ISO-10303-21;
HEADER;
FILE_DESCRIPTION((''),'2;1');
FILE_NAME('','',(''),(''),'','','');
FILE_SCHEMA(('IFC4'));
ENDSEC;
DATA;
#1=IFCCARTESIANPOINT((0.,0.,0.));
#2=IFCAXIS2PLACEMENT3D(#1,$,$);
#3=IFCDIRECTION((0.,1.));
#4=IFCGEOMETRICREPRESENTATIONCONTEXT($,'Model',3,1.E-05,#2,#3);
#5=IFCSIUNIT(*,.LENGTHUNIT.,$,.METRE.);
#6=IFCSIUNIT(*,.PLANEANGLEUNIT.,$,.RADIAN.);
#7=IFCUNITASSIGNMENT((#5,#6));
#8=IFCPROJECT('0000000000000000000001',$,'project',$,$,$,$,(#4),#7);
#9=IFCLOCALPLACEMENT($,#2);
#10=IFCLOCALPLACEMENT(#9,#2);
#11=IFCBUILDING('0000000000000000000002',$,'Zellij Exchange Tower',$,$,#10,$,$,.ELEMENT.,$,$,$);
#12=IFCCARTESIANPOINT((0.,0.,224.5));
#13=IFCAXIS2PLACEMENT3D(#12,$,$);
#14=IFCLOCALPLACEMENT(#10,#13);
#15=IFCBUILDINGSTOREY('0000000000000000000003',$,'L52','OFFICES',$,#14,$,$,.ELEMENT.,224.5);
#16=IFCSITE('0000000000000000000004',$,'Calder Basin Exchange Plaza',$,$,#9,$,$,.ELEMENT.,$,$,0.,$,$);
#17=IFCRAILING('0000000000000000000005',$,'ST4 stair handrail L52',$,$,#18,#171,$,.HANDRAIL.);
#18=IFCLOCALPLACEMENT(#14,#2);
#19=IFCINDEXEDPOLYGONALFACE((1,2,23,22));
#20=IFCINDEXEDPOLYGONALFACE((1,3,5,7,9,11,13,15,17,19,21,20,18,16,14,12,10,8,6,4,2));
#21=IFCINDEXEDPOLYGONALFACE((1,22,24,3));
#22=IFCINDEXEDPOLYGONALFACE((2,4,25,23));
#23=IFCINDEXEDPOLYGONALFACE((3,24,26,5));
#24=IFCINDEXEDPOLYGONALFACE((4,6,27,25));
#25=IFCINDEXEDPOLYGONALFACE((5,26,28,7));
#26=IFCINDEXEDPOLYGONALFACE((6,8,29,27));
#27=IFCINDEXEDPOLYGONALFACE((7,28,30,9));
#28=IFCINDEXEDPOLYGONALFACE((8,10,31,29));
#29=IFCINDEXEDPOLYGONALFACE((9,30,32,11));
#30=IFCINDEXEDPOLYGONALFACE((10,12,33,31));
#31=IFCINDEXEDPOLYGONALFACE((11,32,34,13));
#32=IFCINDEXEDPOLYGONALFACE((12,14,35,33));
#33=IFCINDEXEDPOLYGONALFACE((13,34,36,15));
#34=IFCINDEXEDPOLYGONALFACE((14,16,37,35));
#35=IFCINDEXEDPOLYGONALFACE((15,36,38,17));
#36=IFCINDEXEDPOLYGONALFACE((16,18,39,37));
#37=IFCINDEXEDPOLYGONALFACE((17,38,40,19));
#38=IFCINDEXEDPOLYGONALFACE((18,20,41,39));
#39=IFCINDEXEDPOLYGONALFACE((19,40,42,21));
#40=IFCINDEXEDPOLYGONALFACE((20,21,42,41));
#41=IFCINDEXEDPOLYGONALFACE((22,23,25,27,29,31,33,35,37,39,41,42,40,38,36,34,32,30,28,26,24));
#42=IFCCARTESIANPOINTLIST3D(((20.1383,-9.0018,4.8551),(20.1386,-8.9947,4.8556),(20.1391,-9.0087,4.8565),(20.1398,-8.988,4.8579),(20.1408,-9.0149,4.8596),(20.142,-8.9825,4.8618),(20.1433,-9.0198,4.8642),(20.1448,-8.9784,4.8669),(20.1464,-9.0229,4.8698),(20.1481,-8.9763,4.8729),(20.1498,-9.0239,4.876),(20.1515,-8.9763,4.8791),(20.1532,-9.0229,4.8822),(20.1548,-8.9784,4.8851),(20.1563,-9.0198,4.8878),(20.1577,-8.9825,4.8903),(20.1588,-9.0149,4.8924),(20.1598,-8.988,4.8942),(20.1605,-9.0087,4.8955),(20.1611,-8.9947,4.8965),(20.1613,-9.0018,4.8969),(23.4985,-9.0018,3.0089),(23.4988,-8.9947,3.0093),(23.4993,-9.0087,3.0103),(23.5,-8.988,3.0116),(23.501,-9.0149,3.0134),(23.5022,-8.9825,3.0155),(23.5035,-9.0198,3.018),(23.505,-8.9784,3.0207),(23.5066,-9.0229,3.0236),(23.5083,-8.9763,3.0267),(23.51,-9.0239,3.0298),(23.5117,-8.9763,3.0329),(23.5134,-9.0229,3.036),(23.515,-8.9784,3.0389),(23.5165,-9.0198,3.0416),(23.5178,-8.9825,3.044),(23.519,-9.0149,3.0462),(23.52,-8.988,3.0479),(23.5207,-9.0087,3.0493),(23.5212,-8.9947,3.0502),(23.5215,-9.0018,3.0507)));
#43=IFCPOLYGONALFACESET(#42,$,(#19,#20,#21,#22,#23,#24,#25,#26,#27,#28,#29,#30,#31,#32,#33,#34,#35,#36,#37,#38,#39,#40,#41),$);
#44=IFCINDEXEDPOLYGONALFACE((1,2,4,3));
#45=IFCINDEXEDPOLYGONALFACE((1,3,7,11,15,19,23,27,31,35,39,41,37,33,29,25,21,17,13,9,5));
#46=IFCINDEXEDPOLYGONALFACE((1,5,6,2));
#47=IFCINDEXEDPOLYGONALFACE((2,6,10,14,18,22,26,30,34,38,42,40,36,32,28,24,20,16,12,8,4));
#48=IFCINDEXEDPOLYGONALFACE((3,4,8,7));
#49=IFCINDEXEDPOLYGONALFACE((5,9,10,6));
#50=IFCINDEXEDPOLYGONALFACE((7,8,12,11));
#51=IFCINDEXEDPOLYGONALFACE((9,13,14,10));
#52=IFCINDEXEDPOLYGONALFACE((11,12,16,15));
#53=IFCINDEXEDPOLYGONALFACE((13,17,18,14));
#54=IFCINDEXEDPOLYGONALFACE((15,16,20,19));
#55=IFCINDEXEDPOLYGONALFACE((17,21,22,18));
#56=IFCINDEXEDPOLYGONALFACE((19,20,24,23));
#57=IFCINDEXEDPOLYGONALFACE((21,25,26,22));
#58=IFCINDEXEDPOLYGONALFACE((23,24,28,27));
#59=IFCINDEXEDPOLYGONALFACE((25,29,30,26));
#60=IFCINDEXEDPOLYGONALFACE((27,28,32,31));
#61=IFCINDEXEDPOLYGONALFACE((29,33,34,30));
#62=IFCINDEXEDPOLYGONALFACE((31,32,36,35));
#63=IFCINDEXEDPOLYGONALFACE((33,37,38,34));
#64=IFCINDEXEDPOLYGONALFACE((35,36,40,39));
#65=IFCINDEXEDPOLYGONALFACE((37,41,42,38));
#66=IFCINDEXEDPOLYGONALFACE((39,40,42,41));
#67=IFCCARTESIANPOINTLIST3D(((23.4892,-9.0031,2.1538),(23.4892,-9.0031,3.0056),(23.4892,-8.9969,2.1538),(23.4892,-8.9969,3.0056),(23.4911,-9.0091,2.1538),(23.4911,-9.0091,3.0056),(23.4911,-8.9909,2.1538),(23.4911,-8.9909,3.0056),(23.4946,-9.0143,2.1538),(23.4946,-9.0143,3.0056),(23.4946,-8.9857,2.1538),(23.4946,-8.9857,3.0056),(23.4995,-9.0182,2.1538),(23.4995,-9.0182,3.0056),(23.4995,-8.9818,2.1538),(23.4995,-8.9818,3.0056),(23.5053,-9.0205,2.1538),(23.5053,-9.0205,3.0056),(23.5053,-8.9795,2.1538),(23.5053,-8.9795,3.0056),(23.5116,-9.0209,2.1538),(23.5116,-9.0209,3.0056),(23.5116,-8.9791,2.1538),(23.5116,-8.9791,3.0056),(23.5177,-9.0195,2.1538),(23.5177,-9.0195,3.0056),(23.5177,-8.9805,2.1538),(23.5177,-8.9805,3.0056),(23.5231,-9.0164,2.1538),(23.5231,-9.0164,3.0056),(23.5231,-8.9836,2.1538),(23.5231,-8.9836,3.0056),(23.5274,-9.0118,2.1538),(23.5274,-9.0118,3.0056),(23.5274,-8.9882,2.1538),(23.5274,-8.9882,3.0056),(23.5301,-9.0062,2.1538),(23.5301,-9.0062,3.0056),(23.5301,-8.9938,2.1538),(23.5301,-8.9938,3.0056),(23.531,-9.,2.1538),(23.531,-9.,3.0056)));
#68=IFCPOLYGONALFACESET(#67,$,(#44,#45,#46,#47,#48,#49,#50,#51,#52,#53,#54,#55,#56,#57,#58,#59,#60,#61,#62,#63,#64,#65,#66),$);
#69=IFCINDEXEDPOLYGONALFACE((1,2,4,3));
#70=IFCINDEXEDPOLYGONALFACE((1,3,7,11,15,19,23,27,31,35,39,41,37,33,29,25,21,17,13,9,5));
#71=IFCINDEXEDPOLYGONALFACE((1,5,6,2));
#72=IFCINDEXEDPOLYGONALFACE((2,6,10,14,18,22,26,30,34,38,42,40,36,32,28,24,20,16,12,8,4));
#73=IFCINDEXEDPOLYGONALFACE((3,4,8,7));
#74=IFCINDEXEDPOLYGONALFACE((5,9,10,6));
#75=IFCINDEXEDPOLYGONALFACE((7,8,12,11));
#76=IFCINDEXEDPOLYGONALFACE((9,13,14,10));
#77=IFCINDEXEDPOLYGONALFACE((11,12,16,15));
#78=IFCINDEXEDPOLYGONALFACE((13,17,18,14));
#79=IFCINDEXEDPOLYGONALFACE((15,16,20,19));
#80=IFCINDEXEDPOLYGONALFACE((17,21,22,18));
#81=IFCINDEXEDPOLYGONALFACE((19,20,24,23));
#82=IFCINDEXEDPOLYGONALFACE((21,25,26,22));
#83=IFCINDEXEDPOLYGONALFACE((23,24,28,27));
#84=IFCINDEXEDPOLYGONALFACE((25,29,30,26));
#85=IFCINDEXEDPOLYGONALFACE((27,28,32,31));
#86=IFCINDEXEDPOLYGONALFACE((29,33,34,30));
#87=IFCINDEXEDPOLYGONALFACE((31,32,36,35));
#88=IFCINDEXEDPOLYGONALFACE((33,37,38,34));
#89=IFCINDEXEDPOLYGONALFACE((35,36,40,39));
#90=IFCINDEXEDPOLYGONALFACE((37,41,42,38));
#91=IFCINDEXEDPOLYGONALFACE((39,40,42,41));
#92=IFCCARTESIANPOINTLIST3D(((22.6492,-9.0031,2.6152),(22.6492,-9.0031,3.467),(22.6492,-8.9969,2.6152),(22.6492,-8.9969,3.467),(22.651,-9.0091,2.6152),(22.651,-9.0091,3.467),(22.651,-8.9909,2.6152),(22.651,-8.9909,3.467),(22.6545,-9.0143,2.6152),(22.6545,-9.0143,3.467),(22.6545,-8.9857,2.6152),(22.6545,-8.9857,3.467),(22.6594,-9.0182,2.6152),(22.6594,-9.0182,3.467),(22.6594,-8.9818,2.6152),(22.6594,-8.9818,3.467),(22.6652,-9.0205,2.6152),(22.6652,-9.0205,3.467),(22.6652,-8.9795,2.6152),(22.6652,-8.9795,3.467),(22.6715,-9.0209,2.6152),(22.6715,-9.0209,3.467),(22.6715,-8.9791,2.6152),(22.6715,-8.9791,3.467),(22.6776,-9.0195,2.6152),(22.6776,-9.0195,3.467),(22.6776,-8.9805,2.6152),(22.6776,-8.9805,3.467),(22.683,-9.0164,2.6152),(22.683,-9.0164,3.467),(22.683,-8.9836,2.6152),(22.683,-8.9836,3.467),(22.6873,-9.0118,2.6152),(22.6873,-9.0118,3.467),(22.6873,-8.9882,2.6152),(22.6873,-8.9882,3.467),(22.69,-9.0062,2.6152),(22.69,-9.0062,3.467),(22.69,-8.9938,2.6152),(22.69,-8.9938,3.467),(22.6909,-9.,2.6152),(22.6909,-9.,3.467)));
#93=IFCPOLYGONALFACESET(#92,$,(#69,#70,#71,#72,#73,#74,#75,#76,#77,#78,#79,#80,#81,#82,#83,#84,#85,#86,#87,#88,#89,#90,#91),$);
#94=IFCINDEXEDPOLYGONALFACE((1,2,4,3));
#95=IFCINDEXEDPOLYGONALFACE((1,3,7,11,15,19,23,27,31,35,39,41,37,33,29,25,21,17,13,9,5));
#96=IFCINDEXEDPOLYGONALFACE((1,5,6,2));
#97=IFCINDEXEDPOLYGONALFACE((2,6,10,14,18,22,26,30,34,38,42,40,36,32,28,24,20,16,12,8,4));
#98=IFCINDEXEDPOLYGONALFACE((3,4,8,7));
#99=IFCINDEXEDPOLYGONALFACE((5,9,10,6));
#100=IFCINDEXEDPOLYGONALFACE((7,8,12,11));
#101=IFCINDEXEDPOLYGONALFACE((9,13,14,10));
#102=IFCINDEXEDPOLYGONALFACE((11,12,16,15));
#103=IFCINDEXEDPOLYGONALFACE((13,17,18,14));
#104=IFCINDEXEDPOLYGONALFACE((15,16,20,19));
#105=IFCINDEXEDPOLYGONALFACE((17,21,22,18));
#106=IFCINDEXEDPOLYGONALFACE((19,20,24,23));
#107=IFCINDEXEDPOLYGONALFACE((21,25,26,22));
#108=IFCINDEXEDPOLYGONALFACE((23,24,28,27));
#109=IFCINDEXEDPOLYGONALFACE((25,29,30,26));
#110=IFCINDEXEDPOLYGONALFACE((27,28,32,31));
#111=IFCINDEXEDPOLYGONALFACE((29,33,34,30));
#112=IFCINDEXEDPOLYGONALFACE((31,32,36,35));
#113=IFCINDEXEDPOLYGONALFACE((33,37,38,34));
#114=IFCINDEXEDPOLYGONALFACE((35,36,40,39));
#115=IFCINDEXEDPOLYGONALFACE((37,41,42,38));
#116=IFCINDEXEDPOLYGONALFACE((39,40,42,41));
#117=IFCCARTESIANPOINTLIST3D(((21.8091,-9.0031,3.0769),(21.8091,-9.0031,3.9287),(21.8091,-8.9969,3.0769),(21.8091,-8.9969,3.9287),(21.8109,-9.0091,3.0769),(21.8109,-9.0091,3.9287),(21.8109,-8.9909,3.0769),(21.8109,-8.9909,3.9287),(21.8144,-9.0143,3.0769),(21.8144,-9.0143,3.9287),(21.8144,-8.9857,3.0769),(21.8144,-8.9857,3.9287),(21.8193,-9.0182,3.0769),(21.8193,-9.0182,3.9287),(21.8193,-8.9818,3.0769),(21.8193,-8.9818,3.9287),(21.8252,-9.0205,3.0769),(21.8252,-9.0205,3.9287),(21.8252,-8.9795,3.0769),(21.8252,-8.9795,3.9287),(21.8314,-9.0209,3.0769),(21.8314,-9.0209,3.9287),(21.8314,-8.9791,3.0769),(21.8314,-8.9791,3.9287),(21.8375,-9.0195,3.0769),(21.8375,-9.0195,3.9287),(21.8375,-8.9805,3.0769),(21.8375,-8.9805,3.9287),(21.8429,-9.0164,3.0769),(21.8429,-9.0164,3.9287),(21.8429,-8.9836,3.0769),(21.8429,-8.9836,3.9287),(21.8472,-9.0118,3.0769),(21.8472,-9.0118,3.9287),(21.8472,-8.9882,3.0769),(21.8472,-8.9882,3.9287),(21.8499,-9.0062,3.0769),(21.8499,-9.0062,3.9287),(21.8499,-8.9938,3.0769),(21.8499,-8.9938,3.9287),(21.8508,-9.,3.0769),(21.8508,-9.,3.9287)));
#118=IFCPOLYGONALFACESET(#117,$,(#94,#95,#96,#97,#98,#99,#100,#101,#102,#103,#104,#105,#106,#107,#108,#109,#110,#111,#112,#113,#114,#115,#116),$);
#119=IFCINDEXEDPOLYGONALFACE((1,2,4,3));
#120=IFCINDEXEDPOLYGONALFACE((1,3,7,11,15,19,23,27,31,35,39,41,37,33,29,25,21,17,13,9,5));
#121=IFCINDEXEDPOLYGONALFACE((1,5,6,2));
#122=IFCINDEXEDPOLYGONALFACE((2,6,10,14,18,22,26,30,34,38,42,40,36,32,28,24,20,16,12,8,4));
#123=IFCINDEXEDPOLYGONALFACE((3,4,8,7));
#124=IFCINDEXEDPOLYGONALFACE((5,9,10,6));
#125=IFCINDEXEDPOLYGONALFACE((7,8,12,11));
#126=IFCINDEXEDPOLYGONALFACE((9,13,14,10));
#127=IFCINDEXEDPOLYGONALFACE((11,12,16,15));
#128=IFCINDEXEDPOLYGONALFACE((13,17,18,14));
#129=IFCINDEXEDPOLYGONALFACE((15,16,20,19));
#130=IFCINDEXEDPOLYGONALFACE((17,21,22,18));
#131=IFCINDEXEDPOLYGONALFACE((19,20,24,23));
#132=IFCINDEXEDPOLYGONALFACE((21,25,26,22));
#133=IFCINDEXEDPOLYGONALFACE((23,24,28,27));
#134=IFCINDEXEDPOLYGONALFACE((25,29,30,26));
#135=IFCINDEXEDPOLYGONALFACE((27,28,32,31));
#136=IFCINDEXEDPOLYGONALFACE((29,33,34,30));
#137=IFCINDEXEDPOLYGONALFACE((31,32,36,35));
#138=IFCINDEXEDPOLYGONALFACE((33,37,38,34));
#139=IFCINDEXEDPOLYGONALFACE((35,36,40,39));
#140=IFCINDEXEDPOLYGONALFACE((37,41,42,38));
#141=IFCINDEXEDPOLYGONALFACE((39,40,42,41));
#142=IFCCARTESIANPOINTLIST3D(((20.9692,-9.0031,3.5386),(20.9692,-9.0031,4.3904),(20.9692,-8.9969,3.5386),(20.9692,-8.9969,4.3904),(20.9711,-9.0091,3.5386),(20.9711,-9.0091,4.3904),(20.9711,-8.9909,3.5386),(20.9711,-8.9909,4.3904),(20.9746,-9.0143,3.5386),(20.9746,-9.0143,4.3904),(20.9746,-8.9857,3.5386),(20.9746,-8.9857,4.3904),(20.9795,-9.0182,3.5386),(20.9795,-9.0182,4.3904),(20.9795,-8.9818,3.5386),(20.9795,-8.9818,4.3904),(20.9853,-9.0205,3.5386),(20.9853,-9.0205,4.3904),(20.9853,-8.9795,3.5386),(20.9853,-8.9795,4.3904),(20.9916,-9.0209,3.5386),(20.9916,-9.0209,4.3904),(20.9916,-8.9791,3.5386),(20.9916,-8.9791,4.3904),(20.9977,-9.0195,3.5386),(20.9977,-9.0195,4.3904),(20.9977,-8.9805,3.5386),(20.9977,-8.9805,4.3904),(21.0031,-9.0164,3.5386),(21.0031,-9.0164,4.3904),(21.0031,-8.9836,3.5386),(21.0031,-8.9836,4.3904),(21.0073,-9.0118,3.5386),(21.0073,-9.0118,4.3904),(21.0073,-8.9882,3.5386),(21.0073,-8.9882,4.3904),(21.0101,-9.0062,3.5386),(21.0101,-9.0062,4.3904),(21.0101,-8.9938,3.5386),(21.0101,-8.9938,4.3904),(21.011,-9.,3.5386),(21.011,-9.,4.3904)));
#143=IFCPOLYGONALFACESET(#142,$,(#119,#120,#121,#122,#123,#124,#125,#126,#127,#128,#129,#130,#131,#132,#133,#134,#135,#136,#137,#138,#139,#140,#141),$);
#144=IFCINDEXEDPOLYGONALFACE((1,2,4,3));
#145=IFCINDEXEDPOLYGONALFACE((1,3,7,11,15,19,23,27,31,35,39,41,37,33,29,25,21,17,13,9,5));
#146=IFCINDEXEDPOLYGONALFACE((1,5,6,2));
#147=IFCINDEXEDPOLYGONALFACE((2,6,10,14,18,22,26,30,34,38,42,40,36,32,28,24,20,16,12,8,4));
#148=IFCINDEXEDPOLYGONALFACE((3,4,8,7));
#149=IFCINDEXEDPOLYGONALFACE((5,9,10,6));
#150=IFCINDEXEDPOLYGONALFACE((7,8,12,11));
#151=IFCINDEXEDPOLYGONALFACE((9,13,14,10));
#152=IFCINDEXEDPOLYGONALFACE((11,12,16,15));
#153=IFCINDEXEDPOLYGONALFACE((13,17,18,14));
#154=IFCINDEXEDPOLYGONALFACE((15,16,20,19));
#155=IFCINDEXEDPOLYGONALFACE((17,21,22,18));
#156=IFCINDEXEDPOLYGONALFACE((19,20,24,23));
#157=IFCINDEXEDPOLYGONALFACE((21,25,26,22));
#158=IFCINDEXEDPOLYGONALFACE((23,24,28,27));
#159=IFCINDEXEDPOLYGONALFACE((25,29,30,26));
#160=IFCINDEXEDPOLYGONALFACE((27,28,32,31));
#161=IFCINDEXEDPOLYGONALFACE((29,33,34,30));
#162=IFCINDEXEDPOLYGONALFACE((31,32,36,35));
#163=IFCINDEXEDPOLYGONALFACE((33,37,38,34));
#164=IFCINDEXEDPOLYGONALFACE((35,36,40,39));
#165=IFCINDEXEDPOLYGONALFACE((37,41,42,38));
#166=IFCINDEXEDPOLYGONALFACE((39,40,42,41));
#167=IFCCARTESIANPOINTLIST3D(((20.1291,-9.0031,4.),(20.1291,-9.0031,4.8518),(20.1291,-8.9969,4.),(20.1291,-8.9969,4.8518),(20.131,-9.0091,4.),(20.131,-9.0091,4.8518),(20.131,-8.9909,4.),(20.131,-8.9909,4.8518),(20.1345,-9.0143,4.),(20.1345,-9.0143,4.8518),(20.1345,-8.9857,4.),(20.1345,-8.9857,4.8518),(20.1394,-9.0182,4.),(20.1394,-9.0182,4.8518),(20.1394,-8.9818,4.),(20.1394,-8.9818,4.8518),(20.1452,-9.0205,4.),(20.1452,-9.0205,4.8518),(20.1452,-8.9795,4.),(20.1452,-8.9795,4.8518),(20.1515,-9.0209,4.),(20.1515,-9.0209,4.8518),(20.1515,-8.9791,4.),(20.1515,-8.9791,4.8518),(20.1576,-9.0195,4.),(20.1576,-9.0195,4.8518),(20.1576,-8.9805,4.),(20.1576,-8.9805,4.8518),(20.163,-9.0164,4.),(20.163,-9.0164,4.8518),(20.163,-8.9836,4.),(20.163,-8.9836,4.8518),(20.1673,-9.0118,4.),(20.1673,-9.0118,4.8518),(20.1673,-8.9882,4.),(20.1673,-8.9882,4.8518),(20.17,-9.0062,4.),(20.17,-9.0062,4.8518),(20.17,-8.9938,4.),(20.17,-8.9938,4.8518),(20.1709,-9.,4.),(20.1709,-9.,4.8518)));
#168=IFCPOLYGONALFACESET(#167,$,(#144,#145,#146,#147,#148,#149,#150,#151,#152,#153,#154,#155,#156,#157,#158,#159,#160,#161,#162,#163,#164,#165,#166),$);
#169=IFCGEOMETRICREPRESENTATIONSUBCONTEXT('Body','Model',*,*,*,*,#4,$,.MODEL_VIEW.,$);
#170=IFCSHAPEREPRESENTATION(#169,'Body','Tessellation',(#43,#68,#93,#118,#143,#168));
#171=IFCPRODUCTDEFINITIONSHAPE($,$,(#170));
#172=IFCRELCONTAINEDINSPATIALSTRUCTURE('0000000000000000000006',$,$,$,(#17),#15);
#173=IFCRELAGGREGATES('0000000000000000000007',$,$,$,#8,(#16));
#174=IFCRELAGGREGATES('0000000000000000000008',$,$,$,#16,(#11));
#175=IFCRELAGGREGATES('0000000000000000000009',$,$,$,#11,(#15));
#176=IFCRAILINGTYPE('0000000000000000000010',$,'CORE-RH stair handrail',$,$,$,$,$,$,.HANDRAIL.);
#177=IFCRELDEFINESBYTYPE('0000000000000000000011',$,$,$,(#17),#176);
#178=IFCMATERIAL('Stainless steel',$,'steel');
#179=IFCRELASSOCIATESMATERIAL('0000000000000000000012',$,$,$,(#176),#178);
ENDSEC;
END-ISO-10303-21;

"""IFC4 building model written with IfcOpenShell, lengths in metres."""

from ifc_helpers import new_model, si_unit, direction, frame, origin, origin_2d, place, context, subcontext, project, spatial, circle, extrude, material, type_object, element, save


model = new_model("IFC4")

# Units and contexts
model_context = context("Model", 3, precision=1e-05, world=origin(), true_north=direction((0.0, 1.0)))
body_context = subcontext(model_context, "Body", "Model", "MODEL_VIEW")
ifc_project = project(units=[si_unit("LENGTHUNIT", "METRE"), si_unit("PLANEANGLEUNIT", "RADIAN")], contexts=[model_context])

# Site, building, storey
site_placement = place(None, origin())
site = spatial("IfcSite", under=ifc_project, at=site_placement, Name="Calder Basin Exchange Plaza", CompositionType="ELEMENT", RefElevation=0.0)
building_placement = place(site_placement, origin())
building = spatial("IfcBuilding", under=site, at=building_placement, Name="Zellij Exchange Tower", CompositionType="ELEMENT")
storey_placement = place(building_placement, frame((0.0, 0.0, 224.5)))
storey = spatial("IfcBuildingStorey", under=building, at=storey_placement, Name="L52", Description="OFFICES", CompositionType="ELEMENT", Elevation=224.5)

# Railing
ifc_material_1 = material(Name="Stainless steel", Category="steel")
railing_type_1 = type_object("IfcRailingType", Name="CORE-RH stair handrail", PredefinedType="HANDRAIL", material=ifc_material_1)
railing_1_placement = place(storey_placement, frame((23.51, -9.0, 2.1538)))
element("IfcRailing", 1, at=railing_1_placement, inside=storey, type_object=railing_type_1, Name="ST4 stair handrail L52", PredefinedType="HANDRAIL", context=body_context, shape_type="SweptSolid", body=[
    extrude(circle(Radius=0.0239, at=origin_2d()), frame((0.0, 0.0, 0.876), z_axis=(-0.876422, 0.0, 0.481545), x_axis=(0.0, -1.0, 0.0)), (0.0, 0.0, 1.0), 3.834),
    extrude(circle(Radius=0.021, at=origin_2d()), origin(), (0.0, 0.0, 1.0), 0.8518),
    extrude(circle(Radius=0.021, at=origin_2d()), frame((-0.8401, 0.0, 0.4614)), (0.0, 0.0, 1.0), 0.8518),
    extrude(circle(Radius=0.021, at=origin_2d()), frame((-1.6802, 0.0, 0.9231)), (0.0, 0.0, 1.0), 0.8518),
    extrude(circle(Radius=0.021, at=origin_2d()), frame((-2.52, 0.0, 1.3848)), (0.0, 0.0, 1.0), 0.8518),
    extrude(circle(Radius=0.021, at=origin_2d()), frame((-3.3601, 0.0, 1.8462)), (0.0, 0.0, 1.0), 0.8518),
])

save(model, "model.ifc")
